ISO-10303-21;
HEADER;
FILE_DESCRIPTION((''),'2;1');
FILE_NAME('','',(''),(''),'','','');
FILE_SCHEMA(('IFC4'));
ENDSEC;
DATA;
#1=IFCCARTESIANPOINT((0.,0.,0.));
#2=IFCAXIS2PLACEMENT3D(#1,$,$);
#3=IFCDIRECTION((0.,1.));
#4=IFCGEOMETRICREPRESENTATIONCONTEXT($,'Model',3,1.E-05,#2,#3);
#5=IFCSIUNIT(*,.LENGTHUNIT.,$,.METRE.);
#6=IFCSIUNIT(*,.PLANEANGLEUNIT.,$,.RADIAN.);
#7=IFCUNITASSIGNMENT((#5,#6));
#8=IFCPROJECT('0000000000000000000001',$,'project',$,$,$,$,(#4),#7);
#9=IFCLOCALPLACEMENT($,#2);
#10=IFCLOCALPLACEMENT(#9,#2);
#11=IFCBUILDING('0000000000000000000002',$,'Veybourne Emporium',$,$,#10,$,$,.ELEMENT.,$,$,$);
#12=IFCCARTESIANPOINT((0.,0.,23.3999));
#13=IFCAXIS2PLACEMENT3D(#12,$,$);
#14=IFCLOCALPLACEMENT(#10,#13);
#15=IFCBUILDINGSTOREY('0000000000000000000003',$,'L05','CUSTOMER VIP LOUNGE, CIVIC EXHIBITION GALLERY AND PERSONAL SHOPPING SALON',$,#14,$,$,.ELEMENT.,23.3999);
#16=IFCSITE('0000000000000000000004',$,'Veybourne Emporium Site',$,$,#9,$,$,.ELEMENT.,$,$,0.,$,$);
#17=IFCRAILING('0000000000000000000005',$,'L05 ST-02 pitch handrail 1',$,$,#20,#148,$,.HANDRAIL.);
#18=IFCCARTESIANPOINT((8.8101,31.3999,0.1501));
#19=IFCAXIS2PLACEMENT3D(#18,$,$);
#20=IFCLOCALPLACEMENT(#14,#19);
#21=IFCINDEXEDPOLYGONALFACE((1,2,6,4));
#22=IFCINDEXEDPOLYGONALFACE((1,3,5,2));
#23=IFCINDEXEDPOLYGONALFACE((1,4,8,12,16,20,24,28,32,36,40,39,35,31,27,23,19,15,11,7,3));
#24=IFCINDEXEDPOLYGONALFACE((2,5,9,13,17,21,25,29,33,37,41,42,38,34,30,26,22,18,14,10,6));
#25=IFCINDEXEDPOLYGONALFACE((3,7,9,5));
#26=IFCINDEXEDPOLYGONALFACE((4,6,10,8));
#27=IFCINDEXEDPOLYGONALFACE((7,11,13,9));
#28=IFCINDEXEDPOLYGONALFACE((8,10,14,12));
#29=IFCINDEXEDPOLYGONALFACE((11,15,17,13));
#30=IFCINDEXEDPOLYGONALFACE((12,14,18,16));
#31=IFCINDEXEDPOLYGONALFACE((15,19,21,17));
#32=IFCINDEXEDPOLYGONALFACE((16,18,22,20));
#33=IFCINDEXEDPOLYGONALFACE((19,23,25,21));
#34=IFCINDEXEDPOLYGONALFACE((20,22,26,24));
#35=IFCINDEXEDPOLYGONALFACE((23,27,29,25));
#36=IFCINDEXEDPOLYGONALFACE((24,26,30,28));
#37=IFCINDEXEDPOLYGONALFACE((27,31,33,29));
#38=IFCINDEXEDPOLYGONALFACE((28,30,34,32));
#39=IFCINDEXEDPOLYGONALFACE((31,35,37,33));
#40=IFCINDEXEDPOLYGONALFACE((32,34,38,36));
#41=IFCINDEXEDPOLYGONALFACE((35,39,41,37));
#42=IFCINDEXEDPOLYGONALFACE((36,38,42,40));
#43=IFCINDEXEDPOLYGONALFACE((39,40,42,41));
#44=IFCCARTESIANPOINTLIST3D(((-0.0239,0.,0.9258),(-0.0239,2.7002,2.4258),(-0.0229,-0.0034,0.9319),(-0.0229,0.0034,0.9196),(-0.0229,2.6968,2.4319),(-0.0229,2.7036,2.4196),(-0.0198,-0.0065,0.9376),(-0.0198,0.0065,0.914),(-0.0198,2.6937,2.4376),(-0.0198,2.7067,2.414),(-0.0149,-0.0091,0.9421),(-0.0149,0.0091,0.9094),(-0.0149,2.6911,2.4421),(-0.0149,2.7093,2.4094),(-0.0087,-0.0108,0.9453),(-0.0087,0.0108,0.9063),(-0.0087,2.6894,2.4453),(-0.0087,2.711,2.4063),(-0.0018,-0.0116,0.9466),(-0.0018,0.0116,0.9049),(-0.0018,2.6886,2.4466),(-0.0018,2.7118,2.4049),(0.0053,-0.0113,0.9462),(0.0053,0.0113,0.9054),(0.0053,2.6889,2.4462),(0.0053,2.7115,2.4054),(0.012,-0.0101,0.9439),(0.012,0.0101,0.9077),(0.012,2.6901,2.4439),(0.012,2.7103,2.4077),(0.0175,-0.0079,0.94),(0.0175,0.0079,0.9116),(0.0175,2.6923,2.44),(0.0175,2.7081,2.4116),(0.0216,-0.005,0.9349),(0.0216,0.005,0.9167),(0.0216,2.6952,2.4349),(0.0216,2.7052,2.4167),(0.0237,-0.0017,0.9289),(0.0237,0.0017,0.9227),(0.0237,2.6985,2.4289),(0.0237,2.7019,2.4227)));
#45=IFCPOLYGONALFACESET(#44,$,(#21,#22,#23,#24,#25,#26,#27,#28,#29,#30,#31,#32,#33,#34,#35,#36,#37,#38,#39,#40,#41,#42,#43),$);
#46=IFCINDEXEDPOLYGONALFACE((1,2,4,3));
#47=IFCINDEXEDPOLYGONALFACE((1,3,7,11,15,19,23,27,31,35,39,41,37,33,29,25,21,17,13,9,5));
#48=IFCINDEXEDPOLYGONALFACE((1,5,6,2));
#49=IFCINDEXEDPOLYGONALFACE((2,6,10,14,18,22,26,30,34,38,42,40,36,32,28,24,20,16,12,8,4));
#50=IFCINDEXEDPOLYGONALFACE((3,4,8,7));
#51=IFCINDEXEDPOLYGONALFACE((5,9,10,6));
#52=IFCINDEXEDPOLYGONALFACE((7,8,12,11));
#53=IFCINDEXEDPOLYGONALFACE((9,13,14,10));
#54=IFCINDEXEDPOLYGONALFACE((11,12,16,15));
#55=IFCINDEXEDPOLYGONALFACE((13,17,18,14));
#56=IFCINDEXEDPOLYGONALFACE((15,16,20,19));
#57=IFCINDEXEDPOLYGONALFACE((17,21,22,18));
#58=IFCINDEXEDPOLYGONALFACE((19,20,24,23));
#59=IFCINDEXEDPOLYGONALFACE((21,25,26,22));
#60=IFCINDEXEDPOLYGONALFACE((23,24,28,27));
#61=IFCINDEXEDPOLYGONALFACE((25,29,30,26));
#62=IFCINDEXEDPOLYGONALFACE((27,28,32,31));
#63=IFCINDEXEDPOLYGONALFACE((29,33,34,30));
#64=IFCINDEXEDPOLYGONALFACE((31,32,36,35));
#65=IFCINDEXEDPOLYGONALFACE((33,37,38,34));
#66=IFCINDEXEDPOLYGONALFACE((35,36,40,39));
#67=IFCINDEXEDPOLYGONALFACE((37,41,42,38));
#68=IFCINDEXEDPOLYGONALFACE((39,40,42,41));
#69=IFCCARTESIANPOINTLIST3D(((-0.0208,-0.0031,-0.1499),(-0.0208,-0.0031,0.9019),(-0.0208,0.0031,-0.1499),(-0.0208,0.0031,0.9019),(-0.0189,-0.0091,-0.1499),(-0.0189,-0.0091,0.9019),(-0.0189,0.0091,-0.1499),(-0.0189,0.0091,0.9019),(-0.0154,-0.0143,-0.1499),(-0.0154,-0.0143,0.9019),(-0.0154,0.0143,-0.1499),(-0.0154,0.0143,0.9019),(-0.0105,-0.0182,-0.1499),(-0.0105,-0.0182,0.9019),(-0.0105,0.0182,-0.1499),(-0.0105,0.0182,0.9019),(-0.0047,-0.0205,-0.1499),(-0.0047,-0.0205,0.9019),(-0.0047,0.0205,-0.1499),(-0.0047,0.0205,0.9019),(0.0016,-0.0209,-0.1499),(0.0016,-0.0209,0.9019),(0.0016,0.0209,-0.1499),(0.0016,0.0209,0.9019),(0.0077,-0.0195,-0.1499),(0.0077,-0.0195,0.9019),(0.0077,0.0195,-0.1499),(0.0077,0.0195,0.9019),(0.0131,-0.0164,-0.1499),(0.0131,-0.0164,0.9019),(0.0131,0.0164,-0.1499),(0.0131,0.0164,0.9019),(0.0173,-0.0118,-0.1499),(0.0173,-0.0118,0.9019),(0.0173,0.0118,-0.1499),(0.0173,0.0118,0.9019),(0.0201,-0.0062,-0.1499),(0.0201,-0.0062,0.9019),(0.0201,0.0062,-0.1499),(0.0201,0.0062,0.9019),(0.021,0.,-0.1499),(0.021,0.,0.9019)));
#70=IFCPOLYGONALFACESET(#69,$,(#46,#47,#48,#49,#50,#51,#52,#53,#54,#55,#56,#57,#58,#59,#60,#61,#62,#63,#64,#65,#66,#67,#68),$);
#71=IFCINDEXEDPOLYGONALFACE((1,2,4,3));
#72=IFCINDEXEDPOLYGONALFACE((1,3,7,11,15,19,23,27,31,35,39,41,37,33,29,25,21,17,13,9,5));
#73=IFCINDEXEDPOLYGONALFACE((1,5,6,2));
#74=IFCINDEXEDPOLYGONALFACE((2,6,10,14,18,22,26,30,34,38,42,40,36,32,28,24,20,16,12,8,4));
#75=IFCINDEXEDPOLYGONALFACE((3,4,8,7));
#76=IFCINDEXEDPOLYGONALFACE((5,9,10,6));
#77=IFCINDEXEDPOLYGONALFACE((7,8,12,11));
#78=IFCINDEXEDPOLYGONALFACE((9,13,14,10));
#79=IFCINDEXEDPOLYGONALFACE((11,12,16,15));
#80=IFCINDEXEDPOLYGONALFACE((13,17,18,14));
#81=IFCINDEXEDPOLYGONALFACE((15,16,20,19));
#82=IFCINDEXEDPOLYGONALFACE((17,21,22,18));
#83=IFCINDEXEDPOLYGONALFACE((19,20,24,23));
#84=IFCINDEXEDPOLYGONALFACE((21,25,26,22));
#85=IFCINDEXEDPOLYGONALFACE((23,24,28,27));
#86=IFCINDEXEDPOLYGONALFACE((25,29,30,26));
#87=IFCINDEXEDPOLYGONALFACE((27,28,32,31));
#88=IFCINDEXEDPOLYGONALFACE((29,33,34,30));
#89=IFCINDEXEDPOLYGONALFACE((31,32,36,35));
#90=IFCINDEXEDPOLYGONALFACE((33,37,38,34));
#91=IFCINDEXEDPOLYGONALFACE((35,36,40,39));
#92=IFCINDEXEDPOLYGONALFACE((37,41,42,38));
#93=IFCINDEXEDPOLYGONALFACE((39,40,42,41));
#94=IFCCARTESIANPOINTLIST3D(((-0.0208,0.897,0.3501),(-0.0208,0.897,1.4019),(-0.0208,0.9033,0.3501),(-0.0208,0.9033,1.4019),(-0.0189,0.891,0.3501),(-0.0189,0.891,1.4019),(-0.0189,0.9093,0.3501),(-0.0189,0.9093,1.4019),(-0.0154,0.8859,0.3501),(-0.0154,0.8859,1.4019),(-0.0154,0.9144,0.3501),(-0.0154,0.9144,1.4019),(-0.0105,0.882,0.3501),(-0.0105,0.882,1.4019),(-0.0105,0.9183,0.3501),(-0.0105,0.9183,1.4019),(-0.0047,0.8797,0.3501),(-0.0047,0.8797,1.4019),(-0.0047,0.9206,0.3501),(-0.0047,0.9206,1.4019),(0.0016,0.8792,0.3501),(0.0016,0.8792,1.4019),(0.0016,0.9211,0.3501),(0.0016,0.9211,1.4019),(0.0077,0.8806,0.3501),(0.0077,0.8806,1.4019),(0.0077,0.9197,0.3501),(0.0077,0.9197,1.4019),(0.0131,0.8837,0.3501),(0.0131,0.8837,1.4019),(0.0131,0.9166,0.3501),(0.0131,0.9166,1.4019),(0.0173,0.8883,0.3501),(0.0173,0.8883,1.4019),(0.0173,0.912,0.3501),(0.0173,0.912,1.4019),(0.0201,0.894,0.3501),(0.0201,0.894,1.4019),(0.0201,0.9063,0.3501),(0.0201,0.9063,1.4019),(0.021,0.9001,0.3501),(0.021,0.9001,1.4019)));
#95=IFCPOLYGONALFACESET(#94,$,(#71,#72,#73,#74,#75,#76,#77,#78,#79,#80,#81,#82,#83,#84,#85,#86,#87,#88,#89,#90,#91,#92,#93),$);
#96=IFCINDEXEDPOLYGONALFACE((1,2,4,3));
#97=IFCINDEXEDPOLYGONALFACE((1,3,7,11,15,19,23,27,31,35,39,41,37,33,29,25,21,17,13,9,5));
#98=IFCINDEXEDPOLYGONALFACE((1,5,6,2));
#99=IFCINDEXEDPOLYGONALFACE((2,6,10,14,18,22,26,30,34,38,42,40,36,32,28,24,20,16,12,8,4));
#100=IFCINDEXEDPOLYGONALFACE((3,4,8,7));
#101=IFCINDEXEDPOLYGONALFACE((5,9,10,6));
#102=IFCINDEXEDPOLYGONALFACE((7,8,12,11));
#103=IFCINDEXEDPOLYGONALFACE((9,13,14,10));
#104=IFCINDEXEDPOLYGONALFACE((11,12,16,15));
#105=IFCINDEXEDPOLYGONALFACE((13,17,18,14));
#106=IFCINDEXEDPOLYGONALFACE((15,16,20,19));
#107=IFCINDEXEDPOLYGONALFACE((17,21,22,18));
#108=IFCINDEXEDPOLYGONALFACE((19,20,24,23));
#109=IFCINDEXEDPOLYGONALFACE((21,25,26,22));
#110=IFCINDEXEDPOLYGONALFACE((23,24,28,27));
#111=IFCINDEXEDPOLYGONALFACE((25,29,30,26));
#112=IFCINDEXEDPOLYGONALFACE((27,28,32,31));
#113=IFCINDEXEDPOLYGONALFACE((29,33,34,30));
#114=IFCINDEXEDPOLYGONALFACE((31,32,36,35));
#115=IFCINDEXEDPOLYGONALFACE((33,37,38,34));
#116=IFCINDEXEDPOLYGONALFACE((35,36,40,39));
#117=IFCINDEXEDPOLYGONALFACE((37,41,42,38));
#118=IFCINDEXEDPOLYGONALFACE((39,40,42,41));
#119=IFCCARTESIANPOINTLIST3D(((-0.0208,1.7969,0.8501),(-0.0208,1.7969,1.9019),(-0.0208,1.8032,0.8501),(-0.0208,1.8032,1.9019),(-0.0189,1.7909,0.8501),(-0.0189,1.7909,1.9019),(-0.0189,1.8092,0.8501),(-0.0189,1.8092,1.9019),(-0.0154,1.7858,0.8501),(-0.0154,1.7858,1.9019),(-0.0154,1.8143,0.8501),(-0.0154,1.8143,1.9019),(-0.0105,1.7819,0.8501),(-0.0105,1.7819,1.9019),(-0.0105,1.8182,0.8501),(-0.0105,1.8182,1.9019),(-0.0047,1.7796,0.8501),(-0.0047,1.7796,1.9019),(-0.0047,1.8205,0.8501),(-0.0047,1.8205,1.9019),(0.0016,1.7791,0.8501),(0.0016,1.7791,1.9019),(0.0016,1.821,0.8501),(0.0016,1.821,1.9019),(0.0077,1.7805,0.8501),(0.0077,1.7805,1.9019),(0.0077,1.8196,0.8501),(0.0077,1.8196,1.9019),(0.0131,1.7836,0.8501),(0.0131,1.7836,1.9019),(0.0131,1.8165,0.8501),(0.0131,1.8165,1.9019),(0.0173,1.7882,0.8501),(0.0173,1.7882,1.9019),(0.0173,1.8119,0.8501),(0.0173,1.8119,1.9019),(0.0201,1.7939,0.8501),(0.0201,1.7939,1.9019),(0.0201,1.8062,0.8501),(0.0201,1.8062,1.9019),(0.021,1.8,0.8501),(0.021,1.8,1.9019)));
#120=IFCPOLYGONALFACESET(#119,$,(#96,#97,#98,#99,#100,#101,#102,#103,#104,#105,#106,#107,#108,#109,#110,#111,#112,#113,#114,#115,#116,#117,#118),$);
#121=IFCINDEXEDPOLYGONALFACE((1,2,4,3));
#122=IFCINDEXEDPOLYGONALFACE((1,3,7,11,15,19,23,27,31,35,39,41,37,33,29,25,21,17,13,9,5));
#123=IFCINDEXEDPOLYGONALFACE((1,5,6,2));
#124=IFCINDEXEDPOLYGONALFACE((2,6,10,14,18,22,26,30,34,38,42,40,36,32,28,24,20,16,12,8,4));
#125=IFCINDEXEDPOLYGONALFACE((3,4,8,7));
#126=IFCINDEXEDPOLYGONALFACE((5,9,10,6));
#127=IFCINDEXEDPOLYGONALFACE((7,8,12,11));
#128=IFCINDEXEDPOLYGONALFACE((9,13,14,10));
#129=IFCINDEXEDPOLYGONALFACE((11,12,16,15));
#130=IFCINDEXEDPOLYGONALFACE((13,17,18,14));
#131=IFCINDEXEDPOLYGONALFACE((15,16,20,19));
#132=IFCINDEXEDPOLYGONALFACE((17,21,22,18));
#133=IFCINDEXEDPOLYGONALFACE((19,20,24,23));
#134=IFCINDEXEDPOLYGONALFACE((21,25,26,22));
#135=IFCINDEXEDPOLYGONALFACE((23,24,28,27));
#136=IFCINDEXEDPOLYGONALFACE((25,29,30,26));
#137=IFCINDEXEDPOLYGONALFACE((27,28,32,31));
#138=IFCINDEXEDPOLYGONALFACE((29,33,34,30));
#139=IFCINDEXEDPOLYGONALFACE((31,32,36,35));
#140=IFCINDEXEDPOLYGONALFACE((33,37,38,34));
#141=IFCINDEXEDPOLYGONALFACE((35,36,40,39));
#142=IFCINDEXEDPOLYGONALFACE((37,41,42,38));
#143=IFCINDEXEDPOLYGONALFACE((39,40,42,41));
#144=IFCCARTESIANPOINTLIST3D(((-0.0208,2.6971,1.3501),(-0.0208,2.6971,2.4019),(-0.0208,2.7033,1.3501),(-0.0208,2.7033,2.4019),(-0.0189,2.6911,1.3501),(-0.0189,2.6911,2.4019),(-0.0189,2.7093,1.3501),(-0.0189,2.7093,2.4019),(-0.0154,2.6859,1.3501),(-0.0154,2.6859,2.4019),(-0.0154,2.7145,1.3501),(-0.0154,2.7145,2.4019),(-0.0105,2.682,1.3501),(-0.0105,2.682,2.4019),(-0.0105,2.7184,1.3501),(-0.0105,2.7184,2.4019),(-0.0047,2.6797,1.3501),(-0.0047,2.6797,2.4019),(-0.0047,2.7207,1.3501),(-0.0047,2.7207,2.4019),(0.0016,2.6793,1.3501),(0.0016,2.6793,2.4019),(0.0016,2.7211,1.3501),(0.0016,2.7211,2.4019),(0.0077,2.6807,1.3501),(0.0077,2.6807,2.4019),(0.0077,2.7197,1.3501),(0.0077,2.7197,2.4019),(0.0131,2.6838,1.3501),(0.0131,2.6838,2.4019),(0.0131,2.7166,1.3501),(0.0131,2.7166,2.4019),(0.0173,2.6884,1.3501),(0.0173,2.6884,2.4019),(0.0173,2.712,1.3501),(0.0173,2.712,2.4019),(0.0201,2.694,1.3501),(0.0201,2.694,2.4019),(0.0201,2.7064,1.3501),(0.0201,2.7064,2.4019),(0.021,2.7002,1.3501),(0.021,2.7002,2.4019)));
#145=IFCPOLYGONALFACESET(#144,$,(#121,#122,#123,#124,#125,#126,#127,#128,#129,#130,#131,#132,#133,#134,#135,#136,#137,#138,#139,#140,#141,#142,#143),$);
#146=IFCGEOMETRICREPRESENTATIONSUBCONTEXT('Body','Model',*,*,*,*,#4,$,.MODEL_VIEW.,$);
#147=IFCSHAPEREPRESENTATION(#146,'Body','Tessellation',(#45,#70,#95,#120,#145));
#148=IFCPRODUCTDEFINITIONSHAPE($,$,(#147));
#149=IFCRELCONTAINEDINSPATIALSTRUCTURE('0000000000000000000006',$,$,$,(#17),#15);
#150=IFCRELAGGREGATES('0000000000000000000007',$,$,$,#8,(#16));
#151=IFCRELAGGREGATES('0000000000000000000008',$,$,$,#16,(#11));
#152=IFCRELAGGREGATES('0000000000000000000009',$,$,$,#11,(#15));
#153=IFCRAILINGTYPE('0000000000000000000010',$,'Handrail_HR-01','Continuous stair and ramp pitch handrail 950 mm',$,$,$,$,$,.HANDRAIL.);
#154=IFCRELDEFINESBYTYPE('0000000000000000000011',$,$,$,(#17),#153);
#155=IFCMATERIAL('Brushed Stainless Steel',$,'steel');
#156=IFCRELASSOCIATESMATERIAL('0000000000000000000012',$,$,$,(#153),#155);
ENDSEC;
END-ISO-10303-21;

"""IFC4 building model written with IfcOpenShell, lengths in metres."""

from ifc_helpers import new_model, si_unit, direction, frame, origin, origin_2d, place, context, subcontext, project, spatial, circle, extrude, material, type_object, element, save


model = new_model("IFC4")

# Units and contexts
model_context = context("Model", 3, precision=1e-05, world=origin(), true_north=direction((0.0, 1.0)))
body_context = subcontext(model_context, "Body", "Model", "MODEL_VIEW")
ifc_project = project(units=[si_unit("LENGTHUNIT", "METRE"), si_unit("PLANEANGLEUNIT", "RADIAN")], contexts=[model_context])

# Site, building, storey
site_placement = place(None, origin())
site = spatial("IfcSite", under=ifc_project, at=site_placement, Name="Veybourne Emporium Site", CompositionType="ELEMENT", RefElevation=0.0)
building_placement = place(site_placement, origin())
building = spatial("IfcBuilding", under=site, at=building_placement, Name="Veybourne Emporium", CompositionType="ELEMENT")
storey_placement = place(building_placement, frame((0.0, 0.0, 23.3999)))
storey = spatial("IfcBuildingStorey", under=building, at=storey_placement, Name="L05", Description="CUSTOMER VIP LOUNGE, CIVIC EXHIBITION GALLERY AND PERSONAL SHOPPING SALON", CompositionType="ELEMENT", Elevation=23.3999)

# Railing
ifc_material_1 = material(Name="Brushed Stainless Steel", Category="steel")
railing_type_1 = type_object("IfcRailingType", Name="Handrail_HR-01", Description="Continuous stair and ramp pitch handrail 950 mm", PredefinedType="HANDRAIL", material=ifc_material_1)
railing_1_placement = place(storey_placement, frame((8.8101, 31.3999, 0.1501)))
element("IfcRailing", 1, at=railing_1_placement, inside=storey, type_object=railing_type_1, Name="L05 ST-02 pitch handrail 1", PredefinedType="HANDRAIL", context=body_context, shape_type="SweptSolid", body=[
    extrude(circle(Radius=0.0239, at=origin_2d()), frame((0.0, 0.0, 0.9258), z_axis=(0.0, 0.874172, 0.485616), x_axis=(-1.0, 0.0, 0.0)), (0.0, 0.0, 1.0), 3.0889),
    extrude(circle(Radius=0.021, at=origin_2d()), frame((0.0, 0.0, -0.1499)), (0.0, 0.0, 1.0), 1.0518),
    extrude(circle(Radius=0.021, at=origin_2d()), frame((0.0, 0.9001, 0.3501)), (0.0, 0.0, 1.0), 1.0518),
    extrude(circle(Radius=0.021, at=origin_2d()), frame((0.0, 1.8, 0.8501)), (0.0, 0.0, 1.0), 1.0518),
    extrude(circle(Radius=0.021, at=origin_2d()), frame((0.0, 2.7002, 1.3501)), (0.0, 0.0, 1.0), 1.0518),
])

save(model, "model.ifc")
